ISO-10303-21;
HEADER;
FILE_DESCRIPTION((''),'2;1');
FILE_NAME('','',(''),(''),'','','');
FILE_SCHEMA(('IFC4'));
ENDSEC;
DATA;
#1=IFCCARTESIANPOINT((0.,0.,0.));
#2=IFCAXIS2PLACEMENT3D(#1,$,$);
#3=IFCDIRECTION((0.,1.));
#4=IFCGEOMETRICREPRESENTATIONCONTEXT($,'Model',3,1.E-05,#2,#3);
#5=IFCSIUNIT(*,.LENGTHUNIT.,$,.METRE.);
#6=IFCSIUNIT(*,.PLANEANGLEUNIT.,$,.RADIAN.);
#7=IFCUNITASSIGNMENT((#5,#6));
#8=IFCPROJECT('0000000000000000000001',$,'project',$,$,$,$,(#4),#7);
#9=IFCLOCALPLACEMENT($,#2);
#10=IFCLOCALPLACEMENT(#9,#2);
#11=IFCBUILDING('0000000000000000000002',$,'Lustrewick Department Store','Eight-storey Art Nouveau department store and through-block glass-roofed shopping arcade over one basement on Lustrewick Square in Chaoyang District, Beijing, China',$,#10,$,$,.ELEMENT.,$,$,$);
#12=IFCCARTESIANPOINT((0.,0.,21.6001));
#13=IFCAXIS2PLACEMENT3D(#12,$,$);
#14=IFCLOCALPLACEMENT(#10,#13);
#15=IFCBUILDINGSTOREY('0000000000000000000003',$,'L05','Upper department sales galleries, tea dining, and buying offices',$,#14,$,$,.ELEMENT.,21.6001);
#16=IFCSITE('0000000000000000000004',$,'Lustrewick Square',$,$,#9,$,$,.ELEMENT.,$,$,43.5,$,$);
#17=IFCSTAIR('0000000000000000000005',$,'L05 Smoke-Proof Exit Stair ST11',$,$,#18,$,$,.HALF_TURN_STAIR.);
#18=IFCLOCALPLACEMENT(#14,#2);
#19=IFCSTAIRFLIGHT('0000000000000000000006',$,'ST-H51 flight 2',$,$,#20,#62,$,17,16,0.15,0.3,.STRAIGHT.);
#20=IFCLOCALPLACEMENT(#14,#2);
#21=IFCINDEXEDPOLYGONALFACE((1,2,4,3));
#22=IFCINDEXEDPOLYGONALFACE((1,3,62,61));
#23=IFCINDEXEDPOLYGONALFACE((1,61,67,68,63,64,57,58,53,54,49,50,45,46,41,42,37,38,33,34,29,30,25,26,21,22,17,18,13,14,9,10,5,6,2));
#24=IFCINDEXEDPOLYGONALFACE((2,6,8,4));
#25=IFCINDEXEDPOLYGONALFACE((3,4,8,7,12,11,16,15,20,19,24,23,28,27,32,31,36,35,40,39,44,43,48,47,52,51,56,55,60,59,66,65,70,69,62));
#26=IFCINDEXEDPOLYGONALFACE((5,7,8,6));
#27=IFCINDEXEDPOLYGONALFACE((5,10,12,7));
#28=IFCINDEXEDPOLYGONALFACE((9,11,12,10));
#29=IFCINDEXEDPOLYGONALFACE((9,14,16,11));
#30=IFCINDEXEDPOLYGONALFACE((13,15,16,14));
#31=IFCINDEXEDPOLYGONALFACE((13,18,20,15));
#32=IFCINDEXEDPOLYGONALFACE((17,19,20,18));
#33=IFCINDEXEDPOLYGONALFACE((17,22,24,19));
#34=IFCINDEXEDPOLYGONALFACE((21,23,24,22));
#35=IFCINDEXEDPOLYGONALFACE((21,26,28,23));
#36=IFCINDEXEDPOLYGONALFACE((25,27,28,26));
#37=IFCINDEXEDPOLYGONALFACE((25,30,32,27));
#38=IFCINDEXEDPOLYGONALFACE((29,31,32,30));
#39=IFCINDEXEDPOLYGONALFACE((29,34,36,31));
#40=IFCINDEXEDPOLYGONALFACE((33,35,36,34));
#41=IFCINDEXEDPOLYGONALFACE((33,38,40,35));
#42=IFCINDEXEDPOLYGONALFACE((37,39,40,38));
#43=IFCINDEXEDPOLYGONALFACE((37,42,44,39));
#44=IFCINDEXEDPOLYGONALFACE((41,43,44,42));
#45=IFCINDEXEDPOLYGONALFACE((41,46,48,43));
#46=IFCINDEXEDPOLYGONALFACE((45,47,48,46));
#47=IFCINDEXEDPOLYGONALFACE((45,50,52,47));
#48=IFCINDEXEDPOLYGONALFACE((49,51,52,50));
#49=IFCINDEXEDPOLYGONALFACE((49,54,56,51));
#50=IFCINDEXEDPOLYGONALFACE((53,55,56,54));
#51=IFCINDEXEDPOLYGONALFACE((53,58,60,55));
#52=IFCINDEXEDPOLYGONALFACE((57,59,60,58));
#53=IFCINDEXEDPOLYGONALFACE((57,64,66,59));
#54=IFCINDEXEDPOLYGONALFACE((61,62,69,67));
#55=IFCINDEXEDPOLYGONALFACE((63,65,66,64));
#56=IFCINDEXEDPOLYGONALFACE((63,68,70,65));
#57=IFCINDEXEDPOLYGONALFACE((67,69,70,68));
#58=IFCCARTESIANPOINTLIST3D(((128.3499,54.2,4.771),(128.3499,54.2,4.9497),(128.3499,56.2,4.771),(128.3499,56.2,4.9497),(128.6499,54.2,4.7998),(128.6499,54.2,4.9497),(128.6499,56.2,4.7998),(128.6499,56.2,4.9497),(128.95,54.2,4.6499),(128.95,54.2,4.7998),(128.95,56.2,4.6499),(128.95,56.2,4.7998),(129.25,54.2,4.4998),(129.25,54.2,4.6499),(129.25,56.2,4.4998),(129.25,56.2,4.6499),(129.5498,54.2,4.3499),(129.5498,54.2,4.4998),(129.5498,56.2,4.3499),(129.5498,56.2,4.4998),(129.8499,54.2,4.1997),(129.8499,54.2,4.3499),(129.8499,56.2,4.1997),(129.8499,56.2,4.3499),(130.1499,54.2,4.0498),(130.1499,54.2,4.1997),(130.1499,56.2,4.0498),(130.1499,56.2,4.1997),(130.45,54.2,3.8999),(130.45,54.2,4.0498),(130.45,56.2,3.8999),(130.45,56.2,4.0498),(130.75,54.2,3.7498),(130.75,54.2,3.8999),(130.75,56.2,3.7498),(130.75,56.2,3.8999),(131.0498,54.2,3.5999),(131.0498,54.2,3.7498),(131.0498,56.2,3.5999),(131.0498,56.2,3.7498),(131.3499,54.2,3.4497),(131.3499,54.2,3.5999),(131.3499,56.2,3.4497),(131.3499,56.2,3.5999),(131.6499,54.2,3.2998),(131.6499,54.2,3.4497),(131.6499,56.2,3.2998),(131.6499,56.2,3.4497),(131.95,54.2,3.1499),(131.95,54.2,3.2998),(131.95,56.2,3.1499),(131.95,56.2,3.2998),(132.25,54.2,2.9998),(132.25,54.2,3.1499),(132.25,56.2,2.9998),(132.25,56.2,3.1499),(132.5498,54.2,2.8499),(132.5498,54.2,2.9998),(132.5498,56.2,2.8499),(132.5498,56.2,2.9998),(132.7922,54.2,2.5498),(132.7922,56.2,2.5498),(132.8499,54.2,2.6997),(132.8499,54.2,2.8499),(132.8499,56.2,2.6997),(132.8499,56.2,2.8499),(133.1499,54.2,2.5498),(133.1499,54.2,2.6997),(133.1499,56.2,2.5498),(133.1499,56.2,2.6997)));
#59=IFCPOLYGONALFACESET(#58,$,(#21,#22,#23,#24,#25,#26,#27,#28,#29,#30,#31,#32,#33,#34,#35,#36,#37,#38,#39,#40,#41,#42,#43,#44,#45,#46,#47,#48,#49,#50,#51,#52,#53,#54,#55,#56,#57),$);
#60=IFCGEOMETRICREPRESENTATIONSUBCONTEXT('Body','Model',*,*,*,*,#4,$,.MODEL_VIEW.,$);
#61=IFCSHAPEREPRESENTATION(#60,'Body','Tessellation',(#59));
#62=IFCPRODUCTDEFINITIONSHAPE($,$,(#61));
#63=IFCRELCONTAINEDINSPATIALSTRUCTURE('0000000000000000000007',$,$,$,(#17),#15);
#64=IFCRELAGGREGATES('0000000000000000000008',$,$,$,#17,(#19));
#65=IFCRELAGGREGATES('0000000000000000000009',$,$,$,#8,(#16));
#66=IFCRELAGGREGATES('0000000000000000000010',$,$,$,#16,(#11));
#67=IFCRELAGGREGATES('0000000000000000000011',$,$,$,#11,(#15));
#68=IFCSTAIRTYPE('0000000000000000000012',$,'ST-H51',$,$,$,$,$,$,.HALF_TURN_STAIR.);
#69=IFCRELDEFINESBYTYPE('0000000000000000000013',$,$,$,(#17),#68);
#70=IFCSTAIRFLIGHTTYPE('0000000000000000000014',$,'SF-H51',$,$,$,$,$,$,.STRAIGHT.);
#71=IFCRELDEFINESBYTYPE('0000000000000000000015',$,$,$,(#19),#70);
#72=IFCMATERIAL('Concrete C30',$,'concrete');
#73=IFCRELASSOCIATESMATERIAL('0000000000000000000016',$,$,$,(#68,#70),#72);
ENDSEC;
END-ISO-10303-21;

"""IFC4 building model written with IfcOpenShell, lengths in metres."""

from ifc_helpers import new_model, si_unit, direction, frame, origin, place, context, subcontext, project, spatial, polyline, outline, extrude, material, type_object, element, aggregate, save


model = new_model("IFC4")

# Units and contexts
model_context = context("Model", 3, precision=1e-05, world=origin(), true_north=direction((0.0, 1.0)))
body_context = subcontext(model_context, "Body", "Model", "MODEL_VIEW")
ifc_project = project(units=[si_unit("LENGTHUNIT", "METRE"), si_unit("PLANEANGLEUNIT", "RADIAN")], contexts=[model_context])

# Site, building, storey
site_placement = place(None, origin())
site = spatial("IfcSite", under=ifc_project, at=site_placement, Name="Lustrewick Square", CompositionType="ELEMENT", RefElevation=43.5)
building_placement = place(site_placement, origin())
building = spatial("IfcBuilding", under=site, at=building_placement, Name="Lustrewick Department Store", Description="Eight-storey Art Nouveau department store and through-block glass-roofed shopping arcade over one basement on Lustrewick Square in Chaoyang District, Beijing, China", CompositionType="ELEMENT")
storey_placement = place(building_placement, frame((0.0, 0.0, 21.6001)))
storey = spatial("IfcBuildingStorey", under=building, at=storey_placement, Name="L05", Description="Upper department sales galleries, tea dining, and buying offices", CompositionType="ELEMENT", Elevation=21.6001)

# Stair, stair flight
ifc_material_1 = material(Name="Concrete C30", Category="concrete")
stair_type = type_object("IfcStairType", Name="ST-H51", PredefinedType="HALF_TURN_STAIR", material=ifc_material_1)
stair_placement = place(storey_placement, origin())
stair = element("IfcStair", 1, at=stair_placement, inside=storey, type_object=stair_type, Name="L05 Smoke-Proof Exit Stair ST11", PredefinedType="HALF_TURN_STAIR")
stair_flight_type = type_object("IfcStairFlightType", Name="SF-H51", PredefinedType="STRAIGHT", material=ifc_material_1)
stair_flight_placement = place(storey_placement, frame((133.1499, 55.2, 2.5498), z_axis=(0.0, 0.0, 1.0), x_axis=(-1.0, 0.0, 0.0)))
stair_flight = element("IfcStairFlight", 2, at=stair_flight_placement, type_object=stair_flight_type, Name="ST-H51 flight 2", NumberOfRisers=17, NumberOfTreads=16, PredefinedType="STRAIGHT", RiserHeight=0.15, TreadLength=0.3, context=body_context, shape_type="SweptSolid", body=[
    extrude(outline(polyline([(0.0, 0.0), (0.0, 0.1499), (0.3, 0.1499), (0.3, 0.3), (0.6001, 0.3), (0.6001, 0.45), (0.8999, 0.45), (0.8999, 0.6001), (1.2, 0.6001), (1.2, 0.75), (1.5, 0.75), (1.5, 0.8999), (1.8, 0.8999), (1.8, 1.05), (2.1001, 1.05), (2.1001, 1.2), (2.3999, 1.2), (2.3999, 1.3501), (2.7, 1.3501), (2.7, 1.5), (3.0, 1.5), (3.0, 1.6499), (3.3, 1.6499), (3.3, 1.8), (3.6001, 1.8), (3.6001, 1.95), (3.8999, 1.95), (3.8999, 2.1001), (4.2, 2.1001), (4.2, 2.25), (4.5, 2.25), (4.5, 2.3999), (4.8, 2.3999), (4.8, 2.55), (4.8, 2.2212), (0.3577, 0.0), (0.0, 0.0)])), frame((0.0, 1.0, 0.0), z_axis=(0.0, -1.0, 0.0), x_axis=(1.0, 0.0, 0.0)), (0.0, 0.0, 1.0), 2.0),
])
aggregate(stair, [stair_flight])

save(model, "model.ifc")
